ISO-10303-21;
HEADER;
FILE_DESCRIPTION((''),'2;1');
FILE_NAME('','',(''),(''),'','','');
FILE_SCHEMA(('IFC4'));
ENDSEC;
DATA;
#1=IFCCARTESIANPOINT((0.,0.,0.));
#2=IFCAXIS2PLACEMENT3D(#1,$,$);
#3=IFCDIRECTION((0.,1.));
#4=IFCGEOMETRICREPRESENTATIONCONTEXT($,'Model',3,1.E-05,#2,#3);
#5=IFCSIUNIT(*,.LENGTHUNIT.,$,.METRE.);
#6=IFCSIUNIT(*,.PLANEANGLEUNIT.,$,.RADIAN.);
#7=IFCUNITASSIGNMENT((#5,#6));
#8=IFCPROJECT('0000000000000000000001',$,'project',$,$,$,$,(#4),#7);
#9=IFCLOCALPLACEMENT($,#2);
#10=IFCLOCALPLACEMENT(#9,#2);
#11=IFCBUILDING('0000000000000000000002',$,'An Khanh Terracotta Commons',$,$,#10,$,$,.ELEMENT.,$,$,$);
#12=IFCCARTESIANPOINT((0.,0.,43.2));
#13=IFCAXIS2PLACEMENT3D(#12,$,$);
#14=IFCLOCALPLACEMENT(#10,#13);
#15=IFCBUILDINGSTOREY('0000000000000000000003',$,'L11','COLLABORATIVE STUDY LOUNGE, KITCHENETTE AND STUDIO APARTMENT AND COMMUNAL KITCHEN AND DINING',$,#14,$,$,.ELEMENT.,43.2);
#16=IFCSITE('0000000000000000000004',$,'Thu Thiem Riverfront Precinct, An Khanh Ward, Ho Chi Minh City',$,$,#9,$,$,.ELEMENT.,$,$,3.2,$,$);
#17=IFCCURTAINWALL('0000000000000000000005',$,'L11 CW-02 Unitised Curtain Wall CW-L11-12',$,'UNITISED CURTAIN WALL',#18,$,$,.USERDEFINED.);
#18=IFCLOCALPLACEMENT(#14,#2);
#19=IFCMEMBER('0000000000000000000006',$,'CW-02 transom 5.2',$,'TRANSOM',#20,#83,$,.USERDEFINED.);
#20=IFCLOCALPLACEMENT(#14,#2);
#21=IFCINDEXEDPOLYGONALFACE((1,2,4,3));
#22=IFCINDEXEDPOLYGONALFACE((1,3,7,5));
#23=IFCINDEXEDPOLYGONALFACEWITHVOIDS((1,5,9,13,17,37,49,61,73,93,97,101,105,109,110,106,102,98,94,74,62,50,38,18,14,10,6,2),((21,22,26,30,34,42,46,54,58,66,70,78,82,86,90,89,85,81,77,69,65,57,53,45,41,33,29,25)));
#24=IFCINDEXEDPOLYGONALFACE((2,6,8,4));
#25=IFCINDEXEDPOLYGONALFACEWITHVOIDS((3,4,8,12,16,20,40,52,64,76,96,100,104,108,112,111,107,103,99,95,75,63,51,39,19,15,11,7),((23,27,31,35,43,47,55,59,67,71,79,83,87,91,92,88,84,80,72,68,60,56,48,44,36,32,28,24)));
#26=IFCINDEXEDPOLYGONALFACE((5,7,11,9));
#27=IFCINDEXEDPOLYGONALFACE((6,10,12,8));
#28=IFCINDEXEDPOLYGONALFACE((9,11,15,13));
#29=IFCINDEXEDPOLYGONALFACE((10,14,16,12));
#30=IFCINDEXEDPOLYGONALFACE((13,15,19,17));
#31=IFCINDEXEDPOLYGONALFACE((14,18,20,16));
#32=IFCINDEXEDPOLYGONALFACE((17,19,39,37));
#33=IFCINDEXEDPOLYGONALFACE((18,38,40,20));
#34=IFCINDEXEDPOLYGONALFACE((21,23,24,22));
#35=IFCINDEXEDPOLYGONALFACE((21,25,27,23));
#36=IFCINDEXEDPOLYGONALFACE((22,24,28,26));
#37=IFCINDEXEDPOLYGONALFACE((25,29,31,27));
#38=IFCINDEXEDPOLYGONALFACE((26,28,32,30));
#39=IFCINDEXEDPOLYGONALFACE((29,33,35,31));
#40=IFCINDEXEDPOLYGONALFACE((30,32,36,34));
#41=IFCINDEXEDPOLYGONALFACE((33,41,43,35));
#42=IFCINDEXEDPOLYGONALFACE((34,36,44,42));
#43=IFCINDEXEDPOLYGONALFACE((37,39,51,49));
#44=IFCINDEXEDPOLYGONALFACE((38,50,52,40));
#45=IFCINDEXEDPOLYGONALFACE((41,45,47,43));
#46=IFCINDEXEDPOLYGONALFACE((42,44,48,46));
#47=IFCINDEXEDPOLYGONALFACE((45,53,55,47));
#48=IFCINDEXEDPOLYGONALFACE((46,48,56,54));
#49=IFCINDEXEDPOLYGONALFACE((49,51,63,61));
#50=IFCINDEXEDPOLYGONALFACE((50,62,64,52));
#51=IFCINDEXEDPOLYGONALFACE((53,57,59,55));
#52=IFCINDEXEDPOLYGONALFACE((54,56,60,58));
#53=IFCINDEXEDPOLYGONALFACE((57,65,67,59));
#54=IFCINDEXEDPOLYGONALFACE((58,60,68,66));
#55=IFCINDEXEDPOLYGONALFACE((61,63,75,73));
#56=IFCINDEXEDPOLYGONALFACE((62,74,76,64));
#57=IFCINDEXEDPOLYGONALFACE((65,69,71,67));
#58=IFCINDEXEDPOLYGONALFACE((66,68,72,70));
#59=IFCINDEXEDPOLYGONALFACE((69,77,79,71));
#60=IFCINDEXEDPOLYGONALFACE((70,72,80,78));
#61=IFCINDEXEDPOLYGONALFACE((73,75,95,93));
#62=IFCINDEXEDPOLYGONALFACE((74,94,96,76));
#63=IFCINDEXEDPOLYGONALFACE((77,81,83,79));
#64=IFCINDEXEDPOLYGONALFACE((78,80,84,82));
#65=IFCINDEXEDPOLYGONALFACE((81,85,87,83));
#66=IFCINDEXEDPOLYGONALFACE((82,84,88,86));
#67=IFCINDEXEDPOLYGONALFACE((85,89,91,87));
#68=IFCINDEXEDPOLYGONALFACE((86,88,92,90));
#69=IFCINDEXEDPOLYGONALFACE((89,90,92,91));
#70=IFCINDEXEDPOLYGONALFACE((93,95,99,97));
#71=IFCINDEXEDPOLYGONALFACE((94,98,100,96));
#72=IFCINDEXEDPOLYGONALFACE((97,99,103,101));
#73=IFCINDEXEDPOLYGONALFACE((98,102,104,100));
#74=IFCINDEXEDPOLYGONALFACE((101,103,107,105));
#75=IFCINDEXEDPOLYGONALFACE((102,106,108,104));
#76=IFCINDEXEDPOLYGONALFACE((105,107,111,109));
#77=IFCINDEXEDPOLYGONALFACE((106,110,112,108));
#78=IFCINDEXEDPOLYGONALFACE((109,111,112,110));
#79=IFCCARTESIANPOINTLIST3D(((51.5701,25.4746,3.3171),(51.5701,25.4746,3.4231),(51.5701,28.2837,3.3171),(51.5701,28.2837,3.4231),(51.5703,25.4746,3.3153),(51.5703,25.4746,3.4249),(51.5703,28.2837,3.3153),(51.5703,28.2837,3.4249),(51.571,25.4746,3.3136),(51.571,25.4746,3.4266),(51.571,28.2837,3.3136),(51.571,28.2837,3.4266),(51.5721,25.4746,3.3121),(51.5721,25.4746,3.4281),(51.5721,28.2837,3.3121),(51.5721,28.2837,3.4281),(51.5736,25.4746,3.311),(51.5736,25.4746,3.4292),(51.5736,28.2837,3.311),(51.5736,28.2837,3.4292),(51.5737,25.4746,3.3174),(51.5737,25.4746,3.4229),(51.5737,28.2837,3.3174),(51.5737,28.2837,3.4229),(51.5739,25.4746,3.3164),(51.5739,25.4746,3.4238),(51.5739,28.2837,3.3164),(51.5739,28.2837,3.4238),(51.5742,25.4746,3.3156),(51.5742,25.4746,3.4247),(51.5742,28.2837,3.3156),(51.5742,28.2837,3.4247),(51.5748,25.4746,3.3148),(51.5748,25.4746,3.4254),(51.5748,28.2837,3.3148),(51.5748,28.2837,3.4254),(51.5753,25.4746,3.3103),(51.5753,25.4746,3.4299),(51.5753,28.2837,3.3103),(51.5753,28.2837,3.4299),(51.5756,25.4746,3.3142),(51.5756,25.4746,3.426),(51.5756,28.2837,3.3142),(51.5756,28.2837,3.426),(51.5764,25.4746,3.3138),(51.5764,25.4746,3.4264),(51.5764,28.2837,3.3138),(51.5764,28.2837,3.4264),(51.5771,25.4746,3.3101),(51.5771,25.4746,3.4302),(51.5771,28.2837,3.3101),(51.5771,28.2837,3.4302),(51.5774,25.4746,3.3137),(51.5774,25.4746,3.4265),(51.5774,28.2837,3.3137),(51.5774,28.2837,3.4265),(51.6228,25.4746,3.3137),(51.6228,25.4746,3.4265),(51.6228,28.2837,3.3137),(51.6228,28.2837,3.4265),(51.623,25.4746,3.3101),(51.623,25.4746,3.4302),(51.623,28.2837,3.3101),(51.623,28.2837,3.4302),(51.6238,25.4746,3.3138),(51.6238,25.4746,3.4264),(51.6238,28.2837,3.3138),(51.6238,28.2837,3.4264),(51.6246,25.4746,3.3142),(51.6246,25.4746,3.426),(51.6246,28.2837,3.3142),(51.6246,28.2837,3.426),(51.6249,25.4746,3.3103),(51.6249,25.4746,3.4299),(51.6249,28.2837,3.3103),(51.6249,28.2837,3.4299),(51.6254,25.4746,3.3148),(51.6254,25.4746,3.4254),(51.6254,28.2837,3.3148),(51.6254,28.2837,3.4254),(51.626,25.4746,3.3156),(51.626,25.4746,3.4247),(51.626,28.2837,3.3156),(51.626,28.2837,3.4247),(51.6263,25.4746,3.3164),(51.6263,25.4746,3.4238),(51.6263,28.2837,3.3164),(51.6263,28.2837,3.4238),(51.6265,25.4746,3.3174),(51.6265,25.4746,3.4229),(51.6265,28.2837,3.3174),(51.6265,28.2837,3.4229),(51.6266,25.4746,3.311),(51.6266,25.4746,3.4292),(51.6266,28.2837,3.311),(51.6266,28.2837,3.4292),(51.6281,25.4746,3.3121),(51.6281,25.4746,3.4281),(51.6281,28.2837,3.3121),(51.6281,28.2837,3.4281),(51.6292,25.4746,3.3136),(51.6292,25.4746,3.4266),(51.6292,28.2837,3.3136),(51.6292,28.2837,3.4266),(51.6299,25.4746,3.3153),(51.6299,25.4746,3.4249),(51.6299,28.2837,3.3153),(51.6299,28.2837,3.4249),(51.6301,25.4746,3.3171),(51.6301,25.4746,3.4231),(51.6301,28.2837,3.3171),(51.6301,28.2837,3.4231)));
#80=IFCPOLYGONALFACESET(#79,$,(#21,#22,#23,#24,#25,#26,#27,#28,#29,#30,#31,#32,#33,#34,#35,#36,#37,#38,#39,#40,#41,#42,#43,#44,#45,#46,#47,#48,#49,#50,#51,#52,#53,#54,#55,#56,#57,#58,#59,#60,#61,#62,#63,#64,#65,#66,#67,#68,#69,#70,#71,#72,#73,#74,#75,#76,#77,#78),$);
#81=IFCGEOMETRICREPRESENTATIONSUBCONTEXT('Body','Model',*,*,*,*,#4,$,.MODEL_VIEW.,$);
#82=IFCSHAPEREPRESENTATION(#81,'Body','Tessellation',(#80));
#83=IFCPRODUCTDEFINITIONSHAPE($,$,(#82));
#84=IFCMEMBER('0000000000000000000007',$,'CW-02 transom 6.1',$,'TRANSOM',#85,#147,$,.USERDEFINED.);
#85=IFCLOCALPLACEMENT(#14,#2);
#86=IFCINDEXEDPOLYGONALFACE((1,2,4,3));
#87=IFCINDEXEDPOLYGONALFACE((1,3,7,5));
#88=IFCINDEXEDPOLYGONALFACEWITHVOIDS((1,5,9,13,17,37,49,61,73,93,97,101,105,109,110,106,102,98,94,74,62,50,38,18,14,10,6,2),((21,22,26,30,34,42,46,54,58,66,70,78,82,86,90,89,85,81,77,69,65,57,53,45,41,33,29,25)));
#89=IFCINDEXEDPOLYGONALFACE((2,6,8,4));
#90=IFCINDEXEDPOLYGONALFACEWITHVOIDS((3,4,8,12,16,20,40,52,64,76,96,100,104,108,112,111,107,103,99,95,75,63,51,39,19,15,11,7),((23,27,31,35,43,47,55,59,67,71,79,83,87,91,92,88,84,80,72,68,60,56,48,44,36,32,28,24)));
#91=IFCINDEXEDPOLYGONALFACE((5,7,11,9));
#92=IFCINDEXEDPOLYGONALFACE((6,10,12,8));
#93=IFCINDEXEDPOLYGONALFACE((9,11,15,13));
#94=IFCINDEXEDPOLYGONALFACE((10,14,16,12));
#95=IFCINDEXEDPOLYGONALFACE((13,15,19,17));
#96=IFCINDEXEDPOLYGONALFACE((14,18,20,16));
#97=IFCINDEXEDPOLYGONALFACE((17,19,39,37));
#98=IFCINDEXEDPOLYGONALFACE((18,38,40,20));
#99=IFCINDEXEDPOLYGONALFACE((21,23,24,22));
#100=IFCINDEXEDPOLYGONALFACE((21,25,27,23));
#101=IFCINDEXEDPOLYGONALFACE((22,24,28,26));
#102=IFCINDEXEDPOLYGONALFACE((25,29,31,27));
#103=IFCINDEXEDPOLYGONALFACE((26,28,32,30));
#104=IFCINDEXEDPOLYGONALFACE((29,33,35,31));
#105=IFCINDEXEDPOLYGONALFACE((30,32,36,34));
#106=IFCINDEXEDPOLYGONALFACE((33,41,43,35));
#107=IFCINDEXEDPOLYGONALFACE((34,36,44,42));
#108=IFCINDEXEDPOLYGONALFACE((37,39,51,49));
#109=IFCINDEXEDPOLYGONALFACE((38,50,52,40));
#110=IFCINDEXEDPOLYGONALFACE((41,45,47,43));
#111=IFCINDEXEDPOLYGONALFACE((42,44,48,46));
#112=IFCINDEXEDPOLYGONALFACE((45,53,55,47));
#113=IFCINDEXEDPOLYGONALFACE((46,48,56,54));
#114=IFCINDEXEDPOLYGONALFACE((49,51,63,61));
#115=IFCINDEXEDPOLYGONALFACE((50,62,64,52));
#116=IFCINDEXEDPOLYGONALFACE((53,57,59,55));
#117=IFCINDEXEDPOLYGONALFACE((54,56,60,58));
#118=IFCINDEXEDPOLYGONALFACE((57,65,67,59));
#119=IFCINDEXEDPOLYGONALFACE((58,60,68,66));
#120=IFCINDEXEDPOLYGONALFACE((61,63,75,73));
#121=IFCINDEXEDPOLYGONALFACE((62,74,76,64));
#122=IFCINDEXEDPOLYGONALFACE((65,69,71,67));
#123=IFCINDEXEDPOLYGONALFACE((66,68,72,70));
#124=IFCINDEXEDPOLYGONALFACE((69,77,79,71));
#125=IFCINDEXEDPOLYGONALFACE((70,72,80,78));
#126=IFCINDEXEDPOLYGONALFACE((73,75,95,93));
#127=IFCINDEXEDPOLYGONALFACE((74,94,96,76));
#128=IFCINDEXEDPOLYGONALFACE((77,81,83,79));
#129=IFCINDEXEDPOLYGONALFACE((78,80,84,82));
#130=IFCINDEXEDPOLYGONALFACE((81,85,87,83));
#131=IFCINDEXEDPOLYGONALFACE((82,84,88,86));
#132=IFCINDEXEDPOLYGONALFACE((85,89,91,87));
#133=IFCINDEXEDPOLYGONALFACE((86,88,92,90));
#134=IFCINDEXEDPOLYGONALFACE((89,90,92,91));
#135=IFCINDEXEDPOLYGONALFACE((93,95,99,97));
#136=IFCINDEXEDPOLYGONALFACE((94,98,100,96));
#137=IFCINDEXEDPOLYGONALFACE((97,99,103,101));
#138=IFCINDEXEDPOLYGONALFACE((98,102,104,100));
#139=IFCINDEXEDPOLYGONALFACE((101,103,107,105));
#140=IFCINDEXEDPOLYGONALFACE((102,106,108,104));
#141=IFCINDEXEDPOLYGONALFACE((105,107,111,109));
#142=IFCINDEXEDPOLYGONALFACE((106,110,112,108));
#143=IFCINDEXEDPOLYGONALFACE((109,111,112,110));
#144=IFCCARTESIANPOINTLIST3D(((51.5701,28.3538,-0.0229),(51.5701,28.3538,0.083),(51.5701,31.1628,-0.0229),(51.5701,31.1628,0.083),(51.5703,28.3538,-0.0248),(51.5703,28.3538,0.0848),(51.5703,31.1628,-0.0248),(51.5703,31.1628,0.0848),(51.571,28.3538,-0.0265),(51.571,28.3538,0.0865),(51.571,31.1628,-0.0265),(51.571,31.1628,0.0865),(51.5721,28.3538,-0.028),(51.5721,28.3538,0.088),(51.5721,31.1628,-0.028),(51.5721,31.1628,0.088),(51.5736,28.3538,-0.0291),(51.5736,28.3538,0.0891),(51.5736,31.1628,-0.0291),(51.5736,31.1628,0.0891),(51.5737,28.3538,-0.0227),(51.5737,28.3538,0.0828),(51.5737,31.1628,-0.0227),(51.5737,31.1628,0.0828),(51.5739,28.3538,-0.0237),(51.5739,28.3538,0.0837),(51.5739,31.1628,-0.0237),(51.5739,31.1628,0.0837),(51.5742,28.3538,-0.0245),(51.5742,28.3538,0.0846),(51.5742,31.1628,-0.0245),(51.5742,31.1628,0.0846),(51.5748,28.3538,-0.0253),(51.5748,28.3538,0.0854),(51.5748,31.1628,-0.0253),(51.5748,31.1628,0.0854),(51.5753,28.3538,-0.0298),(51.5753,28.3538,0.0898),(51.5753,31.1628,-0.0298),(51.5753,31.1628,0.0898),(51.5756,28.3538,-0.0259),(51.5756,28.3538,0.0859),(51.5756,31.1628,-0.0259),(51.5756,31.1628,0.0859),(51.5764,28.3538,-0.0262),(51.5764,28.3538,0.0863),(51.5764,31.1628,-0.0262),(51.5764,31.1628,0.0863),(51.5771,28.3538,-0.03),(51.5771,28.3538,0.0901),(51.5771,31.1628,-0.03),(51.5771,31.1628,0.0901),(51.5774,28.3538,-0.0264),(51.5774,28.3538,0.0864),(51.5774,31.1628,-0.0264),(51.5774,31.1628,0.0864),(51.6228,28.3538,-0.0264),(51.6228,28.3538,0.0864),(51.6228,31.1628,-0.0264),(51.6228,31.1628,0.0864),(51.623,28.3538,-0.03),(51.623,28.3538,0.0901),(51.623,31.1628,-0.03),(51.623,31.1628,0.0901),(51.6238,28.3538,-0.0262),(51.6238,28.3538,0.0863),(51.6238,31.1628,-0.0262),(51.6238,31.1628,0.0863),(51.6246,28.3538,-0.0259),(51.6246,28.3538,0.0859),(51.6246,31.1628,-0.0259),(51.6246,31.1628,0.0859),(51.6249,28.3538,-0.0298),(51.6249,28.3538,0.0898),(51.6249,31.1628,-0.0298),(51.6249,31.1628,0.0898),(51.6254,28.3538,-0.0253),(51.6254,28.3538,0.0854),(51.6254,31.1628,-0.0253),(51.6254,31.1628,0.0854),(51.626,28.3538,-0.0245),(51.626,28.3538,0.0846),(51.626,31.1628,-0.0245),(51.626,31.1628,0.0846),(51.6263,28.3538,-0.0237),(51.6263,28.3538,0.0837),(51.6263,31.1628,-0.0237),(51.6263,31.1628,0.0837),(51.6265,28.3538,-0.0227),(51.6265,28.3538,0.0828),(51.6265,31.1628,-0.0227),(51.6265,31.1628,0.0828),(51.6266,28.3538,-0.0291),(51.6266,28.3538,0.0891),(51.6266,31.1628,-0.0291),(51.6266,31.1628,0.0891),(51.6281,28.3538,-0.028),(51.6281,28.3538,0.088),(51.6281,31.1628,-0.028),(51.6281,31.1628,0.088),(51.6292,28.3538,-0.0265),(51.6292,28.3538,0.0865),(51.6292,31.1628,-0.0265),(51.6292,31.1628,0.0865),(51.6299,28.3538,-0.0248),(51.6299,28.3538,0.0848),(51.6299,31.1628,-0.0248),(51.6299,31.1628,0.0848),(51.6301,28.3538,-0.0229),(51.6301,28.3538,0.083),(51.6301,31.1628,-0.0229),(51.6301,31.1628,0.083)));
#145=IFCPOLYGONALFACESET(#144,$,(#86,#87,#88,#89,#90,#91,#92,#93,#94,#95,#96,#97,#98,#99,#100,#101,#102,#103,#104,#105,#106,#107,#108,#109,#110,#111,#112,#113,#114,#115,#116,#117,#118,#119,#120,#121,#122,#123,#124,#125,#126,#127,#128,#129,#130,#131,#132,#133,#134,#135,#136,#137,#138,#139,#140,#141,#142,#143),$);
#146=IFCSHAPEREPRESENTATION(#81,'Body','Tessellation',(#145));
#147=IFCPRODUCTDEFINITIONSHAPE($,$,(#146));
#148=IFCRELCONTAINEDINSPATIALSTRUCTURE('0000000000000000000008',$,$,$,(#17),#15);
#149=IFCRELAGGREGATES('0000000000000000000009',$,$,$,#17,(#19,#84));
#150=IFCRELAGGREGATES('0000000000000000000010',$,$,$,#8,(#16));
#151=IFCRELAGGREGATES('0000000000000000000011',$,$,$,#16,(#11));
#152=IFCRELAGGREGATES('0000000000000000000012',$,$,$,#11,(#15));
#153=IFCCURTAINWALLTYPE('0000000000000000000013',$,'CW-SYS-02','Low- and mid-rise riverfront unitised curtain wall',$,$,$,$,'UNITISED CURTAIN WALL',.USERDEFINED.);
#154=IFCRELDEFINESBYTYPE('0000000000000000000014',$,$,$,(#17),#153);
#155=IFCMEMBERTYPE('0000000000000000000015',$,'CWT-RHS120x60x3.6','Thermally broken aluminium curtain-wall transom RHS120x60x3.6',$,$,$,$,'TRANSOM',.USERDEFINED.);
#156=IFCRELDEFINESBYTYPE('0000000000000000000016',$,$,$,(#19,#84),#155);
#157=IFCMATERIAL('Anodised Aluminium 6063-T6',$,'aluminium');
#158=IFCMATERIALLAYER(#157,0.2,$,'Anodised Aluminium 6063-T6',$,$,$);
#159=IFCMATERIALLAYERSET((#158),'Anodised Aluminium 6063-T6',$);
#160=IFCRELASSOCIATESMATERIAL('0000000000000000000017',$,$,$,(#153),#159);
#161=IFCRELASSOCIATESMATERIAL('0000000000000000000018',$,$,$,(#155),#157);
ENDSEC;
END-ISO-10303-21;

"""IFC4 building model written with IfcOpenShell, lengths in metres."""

from ifc_helpers import new_model, si_unit, direction, frame, origin, origin_2d, place, context, subcontext, project, spatial, hollow_rectangle, extrude, material, layer, layer_set, material_profile, profile_set, type_object, element, aggregate, save


model = new_model("IFC4")

# Units and contexts
model_context = context("Model", 3, precision=1e-05, world=origin(), true_north=direction((0.0, 1.0)))
body_context = subcontext(model_context, "Body", "Model", "MODEL_VIEW")
ifc_project = project(units=[si_unit("LENGTHUNIT", "METRE"), si_unit("PLANEANGLEUNIT", "RADIAN")], contexts=[model_context])

# Site, building, storey
site_placement = place(None, origin())
site = spatial("IfcSite", under=ifc_project, at=site_placement, Name="Thu Thiem Riverfront Precinct, An Khanh Ward, Ho Chi Minh City", CompositionType="ELEMENT", RefElevation=3.2)
building_placement = place(site_placement, origin())
building = spatial("IfcBuilding", under=site, at=building_placement, Name="An Khanh Terracotta Commons", CompositionType="ELEMENT")
storey_placement = place(building_placement, frame((0.0, 0.0, 43.2)))
storey = spatial("IfcBuildingStorey", under=building, at=storey_placement, Name="L11", Description="COLLABORATIVE STUDY LOUNGE, KITCHENETTE AND STUDIO APARTMENT AND COMMUNAL KITCHEN AND DINING", CompositionType="ELEMENT", Elevation=43.2)

# Curtain wall, members
ifc_material_1 = material(Name="Anodised Aluminium 6063-T6", Category="aluminium")
ifc_layer_1 = layer(ifc_material_1, 0.2, Name="Anodised Aluminium 6063-T6")
ifc_layer_set_1 = layer_set([ifc_layer_1], Name="Anodised Aluminium 6063-T6")
curtain_wall_type = type_object("IfcCurtainWallType", Name="CW-SYS-02", Description="Low- and mid-rise riverfront unitised curtain wall", ElementType="UNITISED CURTAIN WALL", PredefinedType="USERDEFINED", material=ifc_layer_set_1)
curtain_wall_placement = place(storey_placement, origin())
curtain_wall = element("IfcCurtainWall", 1, at=curtain_wall_placement, inside=storey, type_object=curtain_wall_type, Name="L11 CW-02 Unitised Curtain Wall CW-L11-12", ObjectType="UNITISED CURTAIN WALL", PredefinedType="USERDEFINED")
ifc_material_profile_1 = material_profile(ifc_material_1, hollow_rectangle(XDim=0.0601, YDim=0.1201, WallThickness=0.0037, InnerFilletRadius=0.0037, OuterFilletRadius=0.0071, at=origin_2d()), Name="RHS120x60x3.6")
ifc_profile_set_1 = profile_set([ifc_material_profile_1], Name="Anodised Aluminium 6063-T6")
member_type_1 = type_object("IfcMemberType", Name="CWT-RHS120x60x3.6", Description="Thermally broken aluminium curtain-wall transom RHS120x60x3.6", ElementType="TRANSOM", PredefinedType="USERDEFINED", material=ifc_profile_set_1)
member_1_placement = place(storey_placement, frame((51.6001, 25.4746, 3.3701), z_axis=(0.0, 1.0, 0.0), x_axis=(-1.0, 0.0, 0.0)))
member_1 = element("IfcMember", 2, at=member_1_placement, type_object=member_type_1, Name="CW-02 transom 5.2", ObjectType="TRANSOM", PredefinedType="USERDEFINED", context=body_context, shape_type="SweptSolid", body=[
    extrude(hollow_rectangle(XDim=0.0601, YDim=0.1201, WallThickness=0.0037, InnerFilletRadius=0.0037, OuterFilletRadius=0.0071, at=origin_2d()), origin(), (0.0, 0.0, 1.0), 2.8091),
])
member_2_placement = place(storey_placement, frame((51.6001, 28.3538, 0.03), z_axis=(0.0, 1.0, 0.0), x_axis=(-1.0, 0.0, 0.0)))
member_2 = element("IfcMember", 3, at=member_2_placement, type_object=member_type_1, Name="CW-02 transom 6.1", ObjectType="TRANSOM", PredefinedType="USERDEFINED", context=body_context, shape_type="SweptSolid", body=[
    extrude(hollow_rectangle(XDim=0.0601, YDim=0.1201, WallThickness=0.0037, InnerFilletRadius=0.0037, OuterFilletRadius=0.0071, at=origin_2d()), origin(), (0.0, 0.0, 1.0), 2.8091),
])
aggregate(curtain_wall, [member_1, member_2])

save(model, "model.ifc")
